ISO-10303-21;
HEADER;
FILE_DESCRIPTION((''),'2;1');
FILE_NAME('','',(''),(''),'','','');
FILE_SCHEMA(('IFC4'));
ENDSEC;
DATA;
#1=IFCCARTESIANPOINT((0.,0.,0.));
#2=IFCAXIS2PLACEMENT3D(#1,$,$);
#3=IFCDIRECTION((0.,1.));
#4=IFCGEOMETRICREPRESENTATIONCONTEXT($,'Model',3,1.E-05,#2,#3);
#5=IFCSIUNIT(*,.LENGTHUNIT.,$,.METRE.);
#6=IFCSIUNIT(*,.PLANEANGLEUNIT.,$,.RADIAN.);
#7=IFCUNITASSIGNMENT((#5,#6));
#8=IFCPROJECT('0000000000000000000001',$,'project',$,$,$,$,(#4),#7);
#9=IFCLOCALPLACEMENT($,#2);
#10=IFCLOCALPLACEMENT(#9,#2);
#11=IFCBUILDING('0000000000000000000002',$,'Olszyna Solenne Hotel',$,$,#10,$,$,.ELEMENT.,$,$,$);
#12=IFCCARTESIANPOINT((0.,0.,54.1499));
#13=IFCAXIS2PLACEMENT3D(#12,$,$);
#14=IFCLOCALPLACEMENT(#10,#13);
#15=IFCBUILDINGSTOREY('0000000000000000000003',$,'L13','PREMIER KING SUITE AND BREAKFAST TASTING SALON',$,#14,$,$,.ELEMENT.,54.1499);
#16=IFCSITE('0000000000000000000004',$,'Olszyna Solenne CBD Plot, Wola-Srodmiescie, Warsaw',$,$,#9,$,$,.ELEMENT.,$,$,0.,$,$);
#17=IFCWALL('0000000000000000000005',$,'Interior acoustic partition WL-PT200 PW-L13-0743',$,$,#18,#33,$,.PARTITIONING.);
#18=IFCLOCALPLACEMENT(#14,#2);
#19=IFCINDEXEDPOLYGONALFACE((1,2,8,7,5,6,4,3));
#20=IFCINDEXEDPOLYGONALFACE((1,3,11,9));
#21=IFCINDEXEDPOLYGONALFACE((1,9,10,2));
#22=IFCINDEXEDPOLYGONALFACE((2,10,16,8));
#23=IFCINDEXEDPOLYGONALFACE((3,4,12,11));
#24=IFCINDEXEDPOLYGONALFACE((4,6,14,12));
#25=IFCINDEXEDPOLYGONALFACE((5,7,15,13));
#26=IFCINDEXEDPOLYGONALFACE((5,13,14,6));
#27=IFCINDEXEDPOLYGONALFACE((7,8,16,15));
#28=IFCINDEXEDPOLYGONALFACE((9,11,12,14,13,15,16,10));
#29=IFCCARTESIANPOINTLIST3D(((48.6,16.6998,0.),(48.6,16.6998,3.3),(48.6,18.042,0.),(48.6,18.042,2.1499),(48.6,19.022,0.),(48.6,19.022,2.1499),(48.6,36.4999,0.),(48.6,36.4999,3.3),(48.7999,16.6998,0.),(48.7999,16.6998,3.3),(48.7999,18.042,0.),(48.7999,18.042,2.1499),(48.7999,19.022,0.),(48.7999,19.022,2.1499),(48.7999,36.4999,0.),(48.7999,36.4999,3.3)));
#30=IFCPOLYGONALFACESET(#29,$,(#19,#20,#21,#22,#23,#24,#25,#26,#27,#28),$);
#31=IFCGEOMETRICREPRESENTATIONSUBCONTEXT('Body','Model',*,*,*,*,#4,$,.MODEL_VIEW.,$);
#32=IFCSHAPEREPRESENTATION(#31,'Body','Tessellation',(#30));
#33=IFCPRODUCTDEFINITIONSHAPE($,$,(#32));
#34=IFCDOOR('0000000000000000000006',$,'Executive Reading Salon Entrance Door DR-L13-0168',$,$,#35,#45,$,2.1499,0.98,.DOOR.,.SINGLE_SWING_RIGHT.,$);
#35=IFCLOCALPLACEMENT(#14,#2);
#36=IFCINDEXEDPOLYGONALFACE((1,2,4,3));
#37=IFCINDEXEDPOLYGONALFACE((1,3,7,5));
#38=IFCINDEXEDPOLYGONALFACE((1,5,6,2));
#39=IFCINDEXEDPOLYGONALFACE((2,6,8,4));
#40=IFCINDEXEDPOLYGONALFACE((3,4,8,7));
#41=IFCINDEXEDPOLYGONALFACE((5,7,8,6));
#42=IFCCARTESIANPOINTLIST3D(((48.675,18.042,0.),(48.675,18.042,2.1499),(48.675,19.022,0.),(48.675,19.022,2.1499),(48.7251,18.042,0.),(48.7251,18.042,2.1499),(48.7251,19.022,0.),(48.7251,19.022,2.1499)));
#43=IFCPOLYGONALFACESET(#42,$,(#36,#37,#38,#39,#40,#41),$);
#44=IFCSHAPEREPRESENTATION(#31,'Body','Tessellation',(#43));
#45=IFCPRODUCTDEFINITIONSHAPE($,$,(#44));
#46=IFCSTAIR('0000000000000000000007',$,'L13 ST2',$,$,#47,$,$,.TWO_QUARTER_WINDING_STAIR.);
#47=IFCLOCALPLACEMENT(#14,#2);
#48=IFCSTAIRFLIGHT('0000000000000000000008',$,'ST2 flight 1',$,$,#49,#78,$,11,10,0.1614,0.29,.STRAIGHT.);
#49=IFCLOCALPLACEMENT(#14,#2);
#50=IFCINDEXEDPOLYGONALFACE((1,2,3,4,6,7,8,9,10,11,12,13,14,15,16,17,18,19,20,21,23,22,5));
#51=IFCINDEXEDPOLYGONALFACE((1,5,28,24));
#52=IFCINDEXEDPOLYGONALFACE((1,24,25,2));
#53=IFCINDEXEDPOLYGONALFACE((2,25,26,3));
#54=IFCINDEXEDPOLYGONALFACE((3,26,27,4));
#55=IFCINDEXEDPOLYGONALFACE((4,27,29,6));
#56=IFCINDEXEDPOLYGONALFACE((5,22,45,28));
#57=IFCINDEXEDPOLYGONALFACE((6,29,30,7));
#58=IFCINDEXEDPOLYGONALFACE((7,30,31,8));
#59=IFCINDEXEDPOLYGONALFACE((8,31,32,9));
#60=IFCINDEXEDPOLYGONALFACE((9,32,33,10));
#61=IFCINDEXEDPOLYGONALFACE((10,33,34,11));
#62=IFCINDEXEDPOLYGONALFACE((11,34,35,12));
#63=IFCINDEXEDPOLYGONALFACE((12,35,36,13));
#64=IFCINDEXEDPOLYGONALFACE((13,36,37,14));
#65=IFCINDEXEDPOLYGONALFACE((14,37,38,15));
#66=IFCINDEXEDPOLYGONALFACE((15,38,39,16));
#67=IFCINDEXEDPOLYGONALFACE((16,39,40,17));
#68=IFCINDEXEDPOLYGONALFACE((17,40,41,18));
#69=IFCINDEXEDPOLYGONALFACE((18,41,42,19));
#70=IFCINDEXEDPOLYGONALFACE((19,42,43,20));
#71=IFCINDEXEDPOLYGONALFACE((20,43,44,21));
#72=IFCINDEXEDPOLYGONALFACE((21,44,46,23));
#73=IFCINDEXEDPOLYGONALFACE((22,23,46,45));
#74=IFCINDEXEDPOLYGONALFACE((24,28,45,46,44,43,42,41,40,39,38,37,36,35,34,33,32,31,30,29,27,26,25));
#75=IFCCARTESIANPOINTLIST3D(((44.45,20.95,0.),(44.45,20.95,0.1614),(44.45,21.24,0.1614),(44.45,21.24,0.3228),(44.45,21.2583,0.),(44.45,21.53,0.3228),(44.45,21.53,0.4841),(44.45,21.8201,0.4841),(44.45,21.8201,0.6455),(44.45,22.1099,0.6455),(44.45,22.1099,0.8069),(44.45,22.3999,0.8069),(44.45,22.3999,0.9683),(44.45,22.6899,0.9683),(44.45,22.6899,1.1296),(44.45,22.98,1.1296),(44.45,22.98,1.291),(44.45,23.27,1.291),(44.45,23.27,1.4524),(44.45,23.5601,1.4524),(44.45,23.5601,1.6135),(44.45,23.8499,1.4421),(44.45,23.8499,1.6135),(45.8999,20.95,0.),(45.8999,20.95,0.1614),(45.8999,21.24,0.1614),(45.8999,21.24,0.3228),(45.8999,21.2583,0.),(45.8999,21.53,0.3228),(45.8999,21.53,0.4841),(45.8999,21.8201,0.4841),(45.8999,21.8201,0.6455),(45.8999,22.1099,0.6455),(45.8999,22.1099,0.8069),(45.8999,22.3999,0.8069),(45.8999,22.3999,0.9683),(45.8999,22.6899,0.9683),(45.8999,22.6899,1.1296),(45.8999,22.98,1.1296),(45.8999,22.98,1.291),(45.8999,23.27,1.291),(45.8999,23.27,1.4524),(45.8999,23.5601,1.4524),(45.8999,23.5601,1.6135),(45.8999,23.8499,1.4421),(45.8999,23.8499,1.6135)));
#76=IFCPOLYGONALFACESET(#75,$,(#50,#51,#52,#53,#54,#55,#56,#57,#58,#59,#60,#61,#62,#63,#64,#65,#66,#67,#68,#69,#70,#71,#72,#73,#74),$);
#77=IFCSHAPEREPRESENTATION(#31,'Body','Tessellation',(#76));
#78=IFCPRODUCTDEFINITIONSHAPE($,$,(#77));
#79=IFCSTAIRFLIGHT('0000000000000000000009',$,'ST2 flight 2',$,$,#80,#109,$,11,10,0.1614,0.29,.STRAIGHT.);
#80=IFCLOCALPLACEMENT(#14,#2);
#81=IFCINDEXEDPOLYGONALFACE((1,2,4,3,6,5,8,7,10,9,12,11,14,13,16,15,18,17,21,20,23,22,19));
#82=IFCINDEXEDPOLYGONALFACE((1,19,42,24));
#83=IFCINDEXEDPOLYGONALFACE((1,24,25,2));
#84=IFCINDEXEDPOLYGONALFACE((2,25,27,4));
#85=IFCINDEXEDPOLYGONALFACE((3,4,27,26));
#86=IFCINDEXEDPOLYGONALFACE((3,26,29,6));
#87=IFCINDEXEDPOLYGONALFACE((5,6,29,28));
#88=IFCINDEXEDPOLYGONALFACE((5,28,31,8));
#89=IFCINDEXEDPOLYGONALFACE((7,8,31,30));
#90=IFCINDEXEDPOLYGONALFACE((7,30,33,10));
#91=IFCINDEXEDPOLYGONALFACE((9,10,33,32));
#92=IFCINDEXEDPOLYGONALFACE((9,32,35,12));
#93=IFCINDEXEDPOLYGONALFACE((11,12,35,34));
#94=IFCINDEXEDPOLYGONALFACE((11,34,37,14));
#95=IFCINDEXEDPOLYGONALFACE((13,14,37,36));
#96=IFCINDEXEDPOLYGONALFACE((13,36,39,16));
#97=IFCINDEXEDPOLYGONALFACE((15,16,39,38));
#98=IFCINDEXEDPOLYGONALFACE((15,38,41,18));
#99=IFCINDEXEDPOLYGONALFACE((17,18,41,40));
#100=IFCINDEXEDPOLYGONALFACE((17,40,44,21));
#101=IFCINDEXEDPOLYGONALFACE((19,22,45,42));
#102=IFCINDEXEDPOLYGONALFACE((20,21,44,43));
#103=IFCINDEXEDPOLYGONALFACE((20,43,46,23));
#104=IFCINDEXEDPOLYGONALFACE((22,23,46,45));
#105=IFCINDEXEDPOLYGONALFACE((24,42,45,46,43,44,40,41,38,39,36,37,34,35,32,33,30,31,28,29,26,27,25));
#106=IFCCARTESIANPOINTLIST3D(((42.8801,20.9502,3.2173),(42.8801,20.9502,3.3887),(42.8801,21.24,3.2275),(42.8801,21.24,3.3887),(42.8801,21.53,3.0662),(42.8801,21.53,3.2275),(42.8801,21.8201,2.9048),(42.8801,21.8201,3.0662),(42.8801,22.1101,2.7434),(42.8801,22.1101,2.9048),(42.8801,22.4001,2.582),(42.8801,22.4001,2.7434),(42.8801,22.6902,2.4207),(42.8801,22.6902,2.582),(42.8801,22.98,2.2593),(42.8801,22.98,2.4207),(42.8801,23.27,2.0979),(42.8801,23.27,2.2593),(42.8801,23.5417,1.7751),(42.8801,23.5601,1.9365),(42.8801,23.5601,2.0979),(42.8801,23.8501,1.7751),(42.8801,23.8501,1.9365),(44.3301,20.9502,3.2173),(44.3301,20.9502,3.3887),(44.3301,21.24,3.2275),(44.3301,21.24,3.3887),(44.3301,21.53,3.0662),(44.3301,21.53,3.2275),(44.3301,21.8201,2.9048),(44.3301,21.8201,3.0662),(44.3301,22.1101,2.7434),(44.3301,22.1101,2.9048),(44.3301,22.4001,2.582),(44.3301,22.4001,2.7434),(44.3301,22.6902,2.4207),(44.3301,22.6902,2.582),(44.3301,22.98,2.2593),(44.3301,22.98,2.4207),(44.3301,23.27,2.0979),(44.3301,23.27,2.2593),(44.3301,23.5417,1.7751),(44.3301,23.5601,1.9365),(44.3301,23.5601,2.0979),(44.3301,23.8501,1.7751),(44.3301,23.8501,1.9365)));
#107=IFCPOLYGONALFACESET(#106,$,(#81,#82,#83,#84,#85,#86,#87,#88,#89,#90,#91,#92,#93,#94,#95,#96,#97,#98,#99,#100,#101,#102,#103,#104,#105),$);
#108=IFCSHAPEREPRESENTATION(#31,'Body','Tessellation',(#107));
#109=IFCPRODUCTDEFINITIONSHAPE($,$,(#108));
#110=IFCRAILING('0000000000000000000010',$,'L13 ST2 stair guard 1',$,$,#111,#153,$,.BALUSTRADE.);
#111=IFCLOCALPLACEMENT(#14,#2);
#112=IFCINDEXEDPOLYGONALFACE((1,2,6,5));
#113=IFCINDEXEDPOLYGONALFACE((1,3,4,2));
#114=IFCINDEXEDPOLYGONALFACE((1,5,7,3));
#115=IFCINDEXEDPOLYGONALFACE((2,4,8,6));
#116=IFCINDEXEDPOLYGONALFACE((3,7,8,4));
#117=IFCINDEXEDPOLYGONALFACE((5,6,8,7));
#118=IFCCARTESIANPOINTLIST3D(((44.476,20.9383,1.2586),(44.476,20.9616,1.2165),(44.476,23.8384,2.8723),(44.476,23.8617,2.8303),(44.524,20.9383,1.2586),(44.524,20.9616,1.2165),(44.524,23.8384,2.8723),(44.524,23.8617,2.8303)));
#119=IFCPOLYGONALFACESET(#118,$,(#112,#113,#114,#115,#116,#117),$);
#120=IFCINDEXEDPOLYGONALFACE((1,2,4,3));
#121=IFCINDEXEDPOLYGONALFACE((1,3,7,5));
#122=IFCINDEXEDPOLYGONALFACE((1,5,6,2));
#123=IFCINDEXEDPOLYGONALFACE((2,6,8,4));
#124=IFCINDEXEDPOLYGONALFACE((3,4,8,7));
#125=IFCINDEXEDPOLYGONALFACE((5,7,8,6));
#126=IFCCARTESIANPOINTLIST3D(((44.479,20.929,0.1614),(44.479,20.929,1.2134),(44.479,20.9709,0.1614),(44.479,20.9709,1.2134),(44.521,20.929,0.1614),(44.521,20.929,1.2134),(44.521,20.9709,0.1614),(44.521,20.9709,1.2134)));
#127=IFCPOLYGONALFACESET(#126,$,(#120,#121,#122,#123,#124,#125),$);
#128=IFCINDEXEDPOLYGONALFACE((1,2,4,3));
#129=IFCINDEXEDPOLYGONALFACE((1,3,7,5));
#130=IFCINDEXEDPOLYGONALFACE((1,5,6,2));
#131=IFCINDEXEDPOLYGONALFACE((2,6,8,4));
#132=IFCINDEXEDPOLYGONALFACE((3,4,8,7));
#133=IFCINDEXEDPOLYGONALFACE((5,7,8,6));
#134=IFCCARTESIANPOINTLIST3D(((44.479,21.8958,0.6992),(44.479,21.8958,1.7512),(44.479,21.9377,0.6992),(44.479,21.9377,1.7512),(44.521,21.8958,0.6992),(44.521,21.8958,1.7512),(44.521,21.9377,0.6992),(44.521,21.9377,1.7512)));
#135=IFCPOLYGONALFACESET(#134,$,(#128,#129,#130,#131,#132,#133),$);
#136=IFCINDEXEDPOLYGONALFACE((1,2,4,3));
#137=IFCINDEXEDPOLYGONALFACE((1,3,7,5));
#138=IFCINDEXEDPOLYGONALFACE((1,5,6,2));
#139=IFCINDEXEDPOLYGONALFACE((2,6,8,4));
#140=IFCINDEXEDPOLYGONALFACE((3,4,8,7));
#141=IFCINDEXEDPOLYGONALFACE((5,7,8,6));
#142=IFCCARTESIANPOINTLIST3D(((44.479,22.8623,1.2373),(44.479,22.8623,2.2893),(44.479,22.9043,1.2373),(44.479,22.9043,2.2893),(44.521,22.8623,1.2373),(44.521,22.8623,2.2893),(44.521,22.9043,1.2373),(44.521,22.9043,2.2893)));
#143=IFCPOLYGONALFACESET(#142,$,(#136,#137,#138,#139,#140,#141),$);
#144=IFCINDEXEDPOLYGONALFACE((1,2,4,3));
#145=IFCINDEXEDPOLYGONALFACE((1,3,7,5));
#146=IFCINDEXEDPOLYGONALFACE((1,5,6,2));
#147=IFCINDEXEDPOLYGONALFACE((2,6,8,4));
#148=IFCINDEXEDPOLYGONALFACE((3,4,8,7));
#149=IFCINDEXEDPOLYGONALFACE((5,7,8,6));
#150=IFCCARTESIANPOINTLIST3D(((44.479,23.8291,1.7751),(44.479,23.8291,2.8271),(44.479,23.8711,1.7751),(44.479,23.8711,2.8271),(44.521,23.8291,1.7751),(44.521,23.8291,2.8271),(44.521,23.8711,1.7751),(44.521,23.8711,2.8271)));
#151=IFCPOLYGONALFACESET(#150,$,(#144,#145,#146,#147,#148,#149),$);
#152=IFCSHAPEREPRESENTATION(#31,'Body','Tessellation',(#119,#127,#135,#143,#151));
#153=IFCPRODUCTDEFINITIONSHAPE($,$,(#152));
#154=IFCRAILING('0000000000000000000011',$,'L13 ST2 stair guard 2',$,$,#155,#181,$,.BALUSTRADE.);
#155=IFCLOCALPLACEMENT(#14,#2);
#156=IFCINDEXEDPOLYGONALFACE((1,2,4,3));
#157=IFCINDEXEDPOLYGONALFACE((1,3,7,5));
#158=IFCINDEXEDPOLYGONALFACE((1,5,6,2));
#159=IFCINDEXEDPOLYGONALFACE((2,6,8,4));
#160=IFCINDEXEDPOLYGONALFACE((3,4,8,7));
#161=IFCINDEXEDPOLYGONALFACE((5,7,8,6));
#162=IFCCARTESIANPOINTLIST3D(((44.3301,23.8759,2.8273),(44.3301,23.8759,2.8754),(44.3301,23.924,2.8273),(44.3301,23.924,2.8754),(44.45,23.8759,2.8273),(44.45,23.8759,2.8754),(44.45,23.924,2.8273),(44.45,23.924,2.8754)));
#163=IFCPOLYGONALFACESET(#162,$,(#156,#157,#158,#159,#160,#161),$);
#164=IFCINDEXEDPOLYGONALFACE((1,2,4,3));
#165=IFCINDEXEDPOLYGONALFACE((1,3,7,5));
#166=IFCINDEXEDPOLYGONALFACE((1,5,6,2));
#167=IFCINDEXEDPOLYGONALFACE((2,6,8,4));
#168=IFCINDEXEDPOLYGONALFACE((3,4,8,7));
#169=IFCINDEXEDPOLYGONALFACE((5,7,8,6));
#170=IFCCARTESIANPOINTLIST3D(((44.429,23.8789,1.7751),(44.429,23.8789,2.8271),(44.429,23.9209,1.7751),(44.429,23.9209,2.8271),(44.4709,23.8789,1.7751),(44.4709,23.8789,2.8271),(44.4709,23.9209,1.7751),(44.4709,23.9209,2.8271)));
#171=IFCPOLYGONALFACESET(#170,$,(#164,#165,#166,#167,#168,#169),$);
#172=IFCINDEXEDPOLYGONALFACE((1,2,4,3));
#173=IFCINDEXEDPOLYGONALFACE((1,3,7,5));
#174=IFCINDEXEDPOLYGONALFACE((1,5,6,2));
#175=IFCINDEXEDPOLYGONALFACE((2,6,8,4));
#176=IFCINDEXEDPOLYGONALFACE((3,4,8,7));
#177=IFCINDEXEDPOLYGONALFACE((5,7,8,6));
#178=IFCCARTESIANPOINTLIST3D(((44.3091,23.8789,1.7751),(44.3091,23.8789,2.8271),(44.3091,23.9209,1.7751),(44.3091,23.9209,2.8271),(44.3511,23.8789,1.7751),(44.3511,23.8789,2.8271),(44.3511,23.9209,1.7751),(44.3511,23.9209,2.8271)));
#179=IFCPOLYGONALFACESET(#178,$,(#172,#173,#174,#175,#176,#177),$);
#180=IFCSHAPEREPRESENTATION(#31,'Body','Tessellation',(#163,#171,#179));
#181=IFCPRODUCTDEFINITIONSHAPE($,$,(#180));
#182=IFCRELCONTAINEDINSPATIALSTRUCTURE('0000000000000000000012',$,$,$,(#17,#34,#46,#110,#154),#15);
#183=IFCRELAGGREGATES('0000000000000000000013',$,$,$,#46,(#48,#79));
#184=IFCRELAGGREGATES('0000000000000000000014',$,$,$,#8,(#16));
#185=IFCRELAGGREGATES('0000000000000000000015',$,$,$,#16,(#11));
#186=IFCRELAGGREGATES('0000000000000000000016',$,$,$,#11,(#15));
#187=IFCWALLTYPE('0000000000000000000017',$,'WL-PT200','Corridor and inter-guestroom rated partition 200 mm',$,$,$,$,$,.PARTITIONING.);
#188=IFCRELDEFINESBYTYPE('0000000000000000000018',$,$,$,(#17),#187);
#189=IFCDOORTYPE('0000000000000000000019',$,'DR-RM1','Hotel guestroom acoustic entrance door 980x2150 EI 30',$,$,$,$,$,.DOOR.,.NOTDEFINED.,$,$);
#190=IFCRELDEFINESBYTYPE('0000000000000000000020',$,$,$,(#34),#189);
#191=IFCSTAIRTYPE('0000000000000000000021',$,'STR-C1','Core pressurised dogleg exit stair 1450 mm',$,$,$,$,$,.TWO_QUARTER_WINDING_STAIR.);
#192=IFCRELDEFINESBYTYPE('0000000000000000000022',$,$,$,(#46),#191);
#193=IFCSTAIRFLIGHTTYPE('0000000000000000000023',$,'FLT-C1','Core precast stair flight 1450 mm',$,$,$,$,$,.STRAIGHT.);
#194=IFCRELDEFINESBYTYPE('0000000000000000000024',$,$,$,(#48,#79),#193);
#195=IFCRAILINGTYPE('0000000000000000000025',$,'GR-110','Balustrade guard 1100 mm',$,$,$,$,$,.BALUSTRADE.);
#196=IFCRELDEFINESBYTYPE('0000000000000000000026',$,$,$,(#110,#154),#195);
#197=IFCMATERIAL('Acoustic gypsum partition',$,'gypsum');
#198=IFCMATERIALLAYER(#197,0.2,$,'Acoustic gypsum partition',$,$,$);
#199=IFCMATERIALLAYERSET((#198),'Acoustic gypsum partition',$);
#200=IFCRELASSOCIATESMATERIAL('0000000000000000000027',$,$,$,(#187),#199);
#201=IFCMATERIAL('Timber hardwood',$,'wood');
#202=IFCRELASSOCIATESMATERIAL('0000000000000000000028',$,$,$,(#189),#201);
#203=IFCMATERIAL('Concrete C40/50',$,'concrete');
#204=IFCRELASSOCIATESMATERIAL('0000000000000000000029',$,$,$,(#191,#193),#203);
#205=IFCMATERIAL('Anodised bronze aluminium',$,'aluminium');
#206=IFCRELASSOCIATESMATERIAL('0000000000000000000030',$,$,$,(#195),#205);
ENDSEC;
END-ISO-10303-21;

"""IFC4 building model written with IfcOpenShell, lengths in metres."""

from ifc_helpers import new_model, si_unit, direction, frame, frame_2d, origin, origin_2d, place, context, subcontext, project, spatial, polyline, rectangle, outline, extrude, source, transform, mapped, material, layer, layer_set, type_object, type_shapes, element, fill, aggregate, save


model = new_model("IFC4")

# Units and contexts
model_context = context("Model", 3, precision=1e-05, world=origin(), true_north=direction((0.0, 1.0)))
body_context = subcontext(model_context, "Body", "Model", "MODEL_VIEW")
ifc_project = project(units=[si_unit("LENGTHUNIT", "METRE"), si_unit("PLANEANGLEUNIT", "RADIAN")], contexts=[model_context])

# Site, building, storey
site_placement = place(None, origin())
site = spatial("IfcSite", under=ifc_project, at=site_placement, Name="Olszyna Solenne CBD Plot, Wola-Srodmiescie, Warsaw", CompositionType="ELEMENT", RefElevation=0.0)
building_placement = place(site_placement, origin())
building = spatial("IfcBuilding", under=site, at=building_placement, Name="Olszyna Solenne Hotel", CompositionType="ELEMENT")
storey_placement = place(building_placement, frame((0.0, 0.0, 54.1499)))
storey = spatial("IfcBuildingStorey", under=building, at=storey_placement, Name="L13", Description="PREMIER KING SUITE AND BREAKFAST TASTING SALON", CompositionType="ELEMENT", Elevation=54.1499)

# Shared definitions
ifc_material_1 = material(Name="Anodised bronze aluminium", Category="aluminium")

# Shared definitions
ifc_material_2 = material(Name="Acoustic gypsum partition", Category="gypsum")
ifc_material_3 = material(Name="Timber hardwood", Category="wood")

# Shared definitions
ifc_layer_1 = layer(ifc_material_2, 0.2, Name="Acoustic gypsum partition")
ifc_layer_set_1 = layer_set([ifc_layer_1], Name="Acoustic gypsum partition")
wall_type_1 = type_object("IfcWallType", Name="WL-PT200", Description="Corridor and inter-guestroom rated partition 200 mm", PredefinedType="PARTITIONING", material=ifc_layer_set_1)

# Wall, opening, door
wall_1_placement = place(storey_placement, frame((48.7, 16.7, 0.0), z_axis=(0.0, 0.0, 1.0), x_axis=(0.0, 1.0, 0.0)))
wall_1 = element("IfcWall", 1, at=wall_1_placement, inside=storey, type_object=wall_type_1, Name="Interior acoustic partition WL-PT200 PW-L13-0743", PredefinedType="PARTITIONING", context=body_context, shape_type="SweptSolid", body=[
    extrude(rectangle(XDim=19.8, YDim=0.2, at=frame_2d((9.8999, 0.0))), origin(), (0.0, 0.0, 1.0), 3.3),
])
opening_1_placement = place(wall_1_placement, frame((1.342, 0.0, 0.0)))
opening_1 = element("IfcOpeningElement", 2, at=opening_1_placement, cuts=wall_1, PredefinedType="OPENING", context=body_context, shape_type="SweptSolid", body=[
    extrude(rectangle(XDim=0.98, YDim=2.1499, at=frame_2d((0.49, 1.075))), frame((0.0, 0.1099, 0.0), z_axis=(0.0, -1.0, 0.0), x_axis=(1.0, 0.0, 0.0)), (0.0, 0.0, 1.0), 0.22),
])
door_type_1 = type_object("IfcDoorType", Name="DR-RM1", Description="Hotel guestroom acoustic entrance door 980x2150 EI 30", OperationType="NOTDEFINED", PredefinedType="DOOR", material=ifc_material_3)
shared_shape_1 = source(origin(), body_context, "Body", "SweptSolid", [
    extrude(rectangle(XDim=0.98, YDim=2.1499, at=frame_2d((0.49, 1.075))), frame((0.0, 0.0249, 0.0), z_axis=(0.0, -1.0, 0.0), x_axis=(1.0, 0.0, 0.0)), (0.0, 0.0, 1.0), 0.05),
])
type_shapes(door_type_1, [shared_shape_1])
door_1_placement = place(opening_1_placement, origin())
door_1 = element("IfcDoor", 3, at=door_1_placement, inside=storey, type_object=door_type_1, Name="Executive Reading Salon Entrance Door DR-L13-0168", OperationType="SINGLE_SWING_RIGHT", OverallHeight=2.1499, OverallWidth=0.98, PredefinedType="DOOR", context=body_context, shape_type="MappedRepresentation", body=[
    mapped(shared_shape_1, transform((0.0, 0.0, 0.0), x_axis=(1.0, 0.0, 0.0), y_axis=(0.0, 1.0, 0.0), z_axis=(0.0, 0.0, 1.0), scale=1.0)),
])
fill(opening_1, door_1)

# Stair, stair flights
ifc_material_4 = material(Name="Concrete C40/50", Category="concrete")
stair_type = type_object("IfcStairType", Name="STR-C1", Description="Core pressurised dogleg exit stair 1450 mm", PredefinedType="TWO_QUARTER_WINDING_STAIR", material=ifc_material_4)
stair_placement = place(storey_placement, origin())
stair = element("IfcStair", 4, at=stair_placement, inside=storey, type_object=stair_type, Name="L13 ST2", PredefinedType="TWO_QUARTER_WINDING_STAIR")
stair_flight_type = type_object("IfcStairFlightType", Name="FLT-C1", Description="Core precast stair flight 1450 mm", PredefinedType="STRAIGHT", material=ifc_material_4)
stair_flight_1_placement = place(storey_placement, frame((45.175, 20.95, 0.0), z_axis=(0.0, 0.0, 1.0), x_axis=(0.0, 1.0, 0.0)))
stair_flight_1 = element("IfcStairFlight", 5, at=stair_flight_1_placement, type_object=stair_flight_type, Name="ST2 flight 1", NumberOfRisers=11, NumberOfTreads=10, PredefinedType="STRAIGHT", RiserHeight=0.1614, TreadLength=0.29, context=body_context, shape_type="SweptSolid", body=[
    extrude(outline(polyline([(0.0, 0.0), (0.0, 0.1614), (0.29, 0.1614), (0.29, 0.3228), (0.5801, 0.3228), (0.5801, 0.4841), (0.8701, 0.4841), (0.8701, 0.6455), (1.1599, 0.6455), (1.1599, 0.8069), (1.45, 0.8069), (1.45, 0.9683), (1.74, 0.9683), (1.74, 1.1296), (2.03, 1.1296), (2.03, 1.291), (2.3201, 1.291), (2.3201, 1.4524), (2.6101, 1.4524), (2.6101, 1.6135), (2.8999, 1.6135), (2.8999, 1.7749), (2.8999, 1.4421), (0.3083, 0.0), (0.0, 0.0)])), frame((0.0, 0.7251, 0.0), z_axis=(0.0, -1.0, 0.0), x_axis=(1.0, 0.0, 0.0)), (0.0, 0.0, 1.0), 1.45),
])
stair_flight_2_placement = place(storey_placement, frame((43.605, 23.8501, 1.7751), z_axis=(0.0, 0.0, 1.0), x_axis=(0.0, -1.0, 0.0)))
stair_flight_2 = element("IfcStairFlight", 6, at=stair_flight_2_placement, type_object=stair_flight_type, Name="ST2 flight 2", NumberOfRisers=11, NumberOfTreads=10, PredefinedType="STRAIGHT", RiserHeight=0.1614, TreadLength=0.29, context=body_context, shape_type="SweptSolid", body=[
    extrude(outline(polyline([(0.0, 0.0), (0.0, 0.1614), (0.29, 0.1614), (0.29, 0.3228), (0.5801, 0.3228), (0.5801, 0.4841), (0.8701, 0.4841), (0.8701, 0.6455), (1.1599, 0.6455), (1.1599, 0.8069), (1.45, 0.8069), (1.45, 0.9683), (1.74, 0.9683), (1.74, 1.1296), (2.03, 1.1296), (2.03, 1.291), (2.3201, 1.291), (2.3201, 1.4524), (2.6101, 1.4524), (2.6101, 1.6135), (2.8999, 1.6135), (2.8999, 1.7749), (2.8999, 1.4421), (0.3083, 0.0), (0.0, 0.0)])), frame((0.0, 0.7251, 0.0), z_axis=(0.0, -1.0, 0.0), x_axis=(1.0, 0.0, 0.0)), (0.0, 0.0, 1.0), 1.45),
])
aggregate(stair, [stair_flight_1, stair_flight_2])

# Railings
railing_type_1 = type_object("IfcRailingType", Name="GR-110", Description="Balustrade guard 1100 mm", PredefinedType="BALUSTRADE", material=ifc_material_1)
railing_1_placement = place(storey_placement, frame((44.5, 20.95, 0.1614)))
element("IfcRailing", 7, at=railing_1_placement, inside=storey, type_object=railing_type_1, Name="L13 ST2 stair guard 1", PredefinedType="BALUSTRADE", context=body_context, shape_type="SweptSolid", body=[
    extrude(rectangle(XDim=0.0481, YDim=0.0481, at=origin_2d()), frame((0.0, 0.0, 1.0762), z_axis=(0.0, 0.873827, 0.486236), x_axis=(-1.0, 0.0, 0.0)), (0.0, 0.0, 1.0), 3.3188),
    extrude(rectangle(XDim=0.042, YDim=0.042, at=origin_2d()), origin(), (0.0, 0.0, 1.0), 1.052),
    extrude(rectangle(XDim=0.042, YDim=0.042, at=origin_2d()), frame((0.0, 0.9668, 0.5378)), (0.0, 0.0, 1.0), 1.052),
    extrude(rectangle(XDim=0.042, YDim=0.042, at=origin_2d()), frame((0.0, 1.9333, 1.0759)), (0.0, 0.0, 1.0), 1.052),
    extrude(rectangle(XDim=0.042, YDim=0.042, at=origin_2d()), frame((0.0, 2.9001, 1.6138)), (0.0, 0.0, 1.0), 1.052),
])
railing_2_placement = place(storey_placement, frame((44.45, 23.8999, 1.7751)))
element("IfcRailing", 8, at=railing_2_placement, inside=storey, type_object=railing_type_1, Name="L13 ST2 stair guard 2", PredefinedType="BALUSTRADE", context=body_context, shape_type="SweptSolid", body=[
    extrude(rectangle(XDim=0.0481, YDim=0.0481, at=origin_2d()), frame((0.0, 0.0, 1.0762), z_axis=(-1.0, 0.0, 0.0), x_axis=(0.0, -1.0, 0.0)), (0.0, 0.0, 1.0), 0.1199),
    extrude(rectangle(XDim=0.042, YDim=0.042, at=origin_2d()), origin(), (0.0, 0.0, 1.0), 1.052),
    extrude(rectangle(XDim=0.042, YDim=0.042, at=origin_2d()), frame((-0.1199, 0.0, 0.0)), (0.0, 0.0, 1.0), 1.052),
])

save(model, "model.ifc")
